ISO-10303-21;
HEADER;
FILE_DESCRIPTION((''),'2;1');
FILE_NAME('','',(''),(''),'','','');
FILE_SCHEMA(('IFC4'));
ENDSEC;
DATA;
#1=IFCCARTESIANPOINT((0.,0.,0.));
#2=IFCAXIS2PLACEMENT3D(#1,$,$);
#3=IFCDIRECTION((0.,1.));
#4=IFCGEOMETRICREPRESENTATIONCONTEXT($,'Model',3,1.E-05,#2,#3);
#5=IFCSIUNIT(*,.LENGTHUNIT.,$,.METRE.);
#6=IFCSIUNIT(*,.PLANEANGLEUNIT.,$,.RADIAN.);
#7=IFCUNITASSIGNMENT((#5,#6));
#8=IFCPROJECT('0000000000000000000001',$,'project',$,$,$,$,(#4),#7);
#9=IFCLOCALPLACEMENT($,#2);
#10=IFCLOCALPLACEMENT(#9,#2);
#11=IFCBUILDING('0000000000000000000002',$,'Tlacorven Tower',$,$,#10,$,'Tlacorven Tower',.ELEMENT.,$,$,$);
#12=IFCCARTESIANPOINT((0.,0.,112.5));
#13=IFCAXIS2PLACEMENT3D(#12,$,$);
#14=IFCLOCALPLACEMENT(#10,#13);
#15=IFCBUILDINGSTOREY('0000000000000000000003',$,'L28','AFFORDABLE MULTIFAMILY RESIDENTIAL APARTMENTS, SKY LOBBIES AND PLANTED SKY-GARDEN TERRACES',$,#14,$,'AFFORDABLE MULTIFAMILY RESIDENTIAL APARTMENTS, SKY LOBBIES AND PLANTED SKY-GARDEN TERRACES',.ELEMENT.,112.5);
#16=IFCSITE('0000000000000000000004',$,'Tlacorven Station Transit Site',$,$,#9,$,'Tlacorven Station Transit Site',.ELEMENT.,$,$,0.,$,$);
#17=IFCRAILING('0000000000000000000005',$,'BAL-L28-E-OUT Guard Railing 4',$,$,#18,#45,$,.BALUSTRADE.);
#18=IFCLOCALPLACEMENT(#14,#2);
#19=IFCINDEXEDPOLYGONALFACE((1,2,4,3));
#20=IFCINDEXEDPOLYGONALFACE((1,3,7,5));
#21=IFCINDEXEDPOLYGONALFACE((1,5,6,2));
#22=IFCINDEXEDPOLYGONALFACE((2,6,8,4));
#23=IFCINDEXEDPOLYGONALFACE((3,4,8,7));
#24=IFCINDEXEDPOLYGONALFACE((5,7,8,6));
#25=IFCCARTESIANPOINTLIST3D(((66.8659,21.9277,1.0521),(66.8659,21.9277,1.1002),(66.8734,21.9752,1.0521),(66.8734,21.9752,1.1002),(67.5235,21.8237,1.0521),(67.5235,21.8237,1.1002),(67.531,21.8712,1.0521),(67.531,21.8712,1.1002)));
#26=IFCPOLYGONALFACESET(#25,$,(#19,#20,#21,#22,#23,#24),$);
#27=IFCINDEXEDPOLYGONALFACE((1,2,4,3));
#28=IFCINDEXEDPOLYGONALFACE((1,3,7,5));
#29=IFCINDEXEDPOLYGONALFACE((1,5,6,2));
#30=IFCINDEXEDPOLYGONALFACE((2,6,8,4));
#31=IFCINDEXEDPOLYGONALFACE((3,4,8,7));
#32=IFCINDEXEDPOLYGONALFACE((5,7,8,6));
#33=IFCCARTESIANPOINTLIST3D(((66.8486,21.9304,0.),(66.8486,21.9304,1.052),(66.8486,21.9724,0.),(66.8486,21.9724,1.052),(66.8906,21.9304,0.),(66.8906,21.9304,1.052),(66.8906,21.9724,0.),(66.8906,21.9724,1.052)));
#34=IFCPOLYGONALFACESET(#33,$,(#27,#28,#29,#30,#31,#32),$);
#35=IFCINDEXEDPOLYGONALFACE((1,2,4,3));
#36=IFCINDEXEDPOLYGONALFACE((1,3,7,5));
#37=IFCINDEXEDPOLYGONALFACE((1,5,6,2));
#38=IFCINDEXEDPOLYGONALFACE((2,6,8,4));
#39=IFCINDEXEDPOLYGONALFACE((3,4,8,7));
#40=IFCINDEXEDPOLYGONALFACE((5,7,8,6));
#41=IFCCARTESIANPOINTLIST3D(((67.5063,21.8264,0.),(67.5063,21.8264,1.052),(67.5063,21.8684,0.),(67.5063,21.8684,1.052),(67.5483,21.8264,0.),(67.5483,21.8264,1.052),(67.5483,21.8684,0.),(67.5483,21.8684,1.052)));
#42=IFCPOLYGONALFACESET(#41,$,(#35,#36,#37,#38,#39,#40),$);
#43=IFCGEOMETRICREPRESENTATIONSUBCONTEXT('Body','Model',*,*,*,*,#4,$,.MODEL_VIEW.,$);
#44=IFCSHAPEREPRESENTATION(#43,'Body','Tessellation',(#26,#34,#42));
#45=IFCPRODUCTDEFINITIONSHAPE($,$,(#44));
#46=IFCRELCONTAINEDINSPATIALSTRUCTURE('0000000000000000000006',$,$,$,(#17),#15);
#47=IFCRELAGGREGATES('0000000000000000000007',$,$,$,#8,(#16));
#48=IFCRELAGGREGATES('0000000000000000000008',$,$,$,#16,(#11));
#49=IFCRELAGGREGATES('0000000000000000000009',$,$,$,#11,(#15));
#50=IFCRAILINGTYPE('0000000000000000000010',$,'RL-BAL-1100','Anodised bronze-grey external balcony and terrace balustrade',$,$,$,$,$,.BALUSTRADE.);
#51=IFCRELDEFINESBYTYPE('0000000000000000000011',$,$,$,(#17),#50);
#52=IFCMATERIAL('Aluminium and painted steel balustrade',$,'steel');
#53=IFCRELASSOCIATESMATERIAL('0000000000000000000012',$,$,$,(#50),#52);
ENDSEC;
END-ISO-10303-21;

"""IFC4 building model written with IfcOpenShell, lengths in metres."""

from ifc_helpers import new_model, si_unit, direction, frame, origin, origin_2d, place, context, subcontext, project, spatial, rectangle, extrude, source, transform, mapped, material, type_object, element, save


model = new_model("IFC4")

# Units and contexts
model_context = context("Model", 3, precision=1e-05, world=origin(), true_north=direction((0.0, 1.0)))
body_context = subcontext(model_context, "Body", "Model", "MODEL_VIEW")
ifc_project = project(units=[si_unit("LENGTHUNIT", "METRE"), si_unit("PLANEANGLEUNIT", "RADIAN")], contexts=[model_context])

# Site, building, storey
site_placement = place(None, origin())
site = spatial("IfcSite", under=ifc_project, at=site_placement, Name="Tlacorven Station Transit Site", LongName="Tlacorven Station Transit Site", CompositionType="ELEMENT", RefElevation=0.0)
building_placement = place(site_placement, origin())
building = spatial("IfcBuilding", under=site, at=building_placement, Name="Tlacorven Tower", LongName="Tlacorven Tower", CompositionType="ELEMENT")
storey_placement = place(building_placement, frame((0.0, 0.0, 112.5)))
storey = spatial("IfcBuildingStorey", under=building, at=storey_placement, Name="L28", Description="AFFORDABLE MULTIFAMILY RESIDENTIAL APARTMENTS, SKY LOBBIES AND PLANTED SKY-GARDEN TERRACES", LongName="AFFORDABLE MULTIFAMILY RESIDENTIAL APARTMENTS, SKY LOBBIES AND PLANTED SKY-GARDEN TERRACES", CompositionType="ELEMENT", Elevation=112.5)

# Railing
ifc_material_1 = material(Name="Aluminium and painted steel balustrade", Category="steel")
railing_type = type_object("IfcRailingType", Name="RL-BAL-1100", Description="Anodised bronze-grey external balcony and terrace balustrade", PredefinedType="BALUSTRADE", material=ifc_material_1)
shared_shape_1 = source(origin(), body_context, "Body", "SweptSolid", [
    extrude(rectangle(XDim=0.0481, YDim=0.0481, at=origin_2d()), frame((0.0, 0.0, 1.0762), z_axis=(0.987727, -0.156188, 0.0), x_axis=(0.156188, 0.987727, 0.0)), (0.0, 0.0, 1.0), 0.6658),
    extrude(rectangle(XDim=0.042, YDim=0.042, at=origin_2d()), origin(), (0.0, 0.0, 1.0), 1.052),
    extrude(rectangle(XDim=0.042, YDim=0.042, at=origin_2d()), frame((0.6577, -0.104, 0.0)), (0.0, 0.0, 1.0), 1.052),
])
railing_1_placement = place(storey_placement, frame((66.8696, 21.9514, 0.0)))
element("IfcRailing", 1, at=railing_1_placement, inside=storey, type_object=railing_type, Name="BAL-L28-E-OUT Guard Railing 4", PredefinedType="BALUSTRADE", context=body_context, shape_type="MappedRepresentation", body=[
    mapped(shared_shape_1, transform((0.0, 0.0, 0.0), scale=1.0)),
])

save(model, "model.ifc")
